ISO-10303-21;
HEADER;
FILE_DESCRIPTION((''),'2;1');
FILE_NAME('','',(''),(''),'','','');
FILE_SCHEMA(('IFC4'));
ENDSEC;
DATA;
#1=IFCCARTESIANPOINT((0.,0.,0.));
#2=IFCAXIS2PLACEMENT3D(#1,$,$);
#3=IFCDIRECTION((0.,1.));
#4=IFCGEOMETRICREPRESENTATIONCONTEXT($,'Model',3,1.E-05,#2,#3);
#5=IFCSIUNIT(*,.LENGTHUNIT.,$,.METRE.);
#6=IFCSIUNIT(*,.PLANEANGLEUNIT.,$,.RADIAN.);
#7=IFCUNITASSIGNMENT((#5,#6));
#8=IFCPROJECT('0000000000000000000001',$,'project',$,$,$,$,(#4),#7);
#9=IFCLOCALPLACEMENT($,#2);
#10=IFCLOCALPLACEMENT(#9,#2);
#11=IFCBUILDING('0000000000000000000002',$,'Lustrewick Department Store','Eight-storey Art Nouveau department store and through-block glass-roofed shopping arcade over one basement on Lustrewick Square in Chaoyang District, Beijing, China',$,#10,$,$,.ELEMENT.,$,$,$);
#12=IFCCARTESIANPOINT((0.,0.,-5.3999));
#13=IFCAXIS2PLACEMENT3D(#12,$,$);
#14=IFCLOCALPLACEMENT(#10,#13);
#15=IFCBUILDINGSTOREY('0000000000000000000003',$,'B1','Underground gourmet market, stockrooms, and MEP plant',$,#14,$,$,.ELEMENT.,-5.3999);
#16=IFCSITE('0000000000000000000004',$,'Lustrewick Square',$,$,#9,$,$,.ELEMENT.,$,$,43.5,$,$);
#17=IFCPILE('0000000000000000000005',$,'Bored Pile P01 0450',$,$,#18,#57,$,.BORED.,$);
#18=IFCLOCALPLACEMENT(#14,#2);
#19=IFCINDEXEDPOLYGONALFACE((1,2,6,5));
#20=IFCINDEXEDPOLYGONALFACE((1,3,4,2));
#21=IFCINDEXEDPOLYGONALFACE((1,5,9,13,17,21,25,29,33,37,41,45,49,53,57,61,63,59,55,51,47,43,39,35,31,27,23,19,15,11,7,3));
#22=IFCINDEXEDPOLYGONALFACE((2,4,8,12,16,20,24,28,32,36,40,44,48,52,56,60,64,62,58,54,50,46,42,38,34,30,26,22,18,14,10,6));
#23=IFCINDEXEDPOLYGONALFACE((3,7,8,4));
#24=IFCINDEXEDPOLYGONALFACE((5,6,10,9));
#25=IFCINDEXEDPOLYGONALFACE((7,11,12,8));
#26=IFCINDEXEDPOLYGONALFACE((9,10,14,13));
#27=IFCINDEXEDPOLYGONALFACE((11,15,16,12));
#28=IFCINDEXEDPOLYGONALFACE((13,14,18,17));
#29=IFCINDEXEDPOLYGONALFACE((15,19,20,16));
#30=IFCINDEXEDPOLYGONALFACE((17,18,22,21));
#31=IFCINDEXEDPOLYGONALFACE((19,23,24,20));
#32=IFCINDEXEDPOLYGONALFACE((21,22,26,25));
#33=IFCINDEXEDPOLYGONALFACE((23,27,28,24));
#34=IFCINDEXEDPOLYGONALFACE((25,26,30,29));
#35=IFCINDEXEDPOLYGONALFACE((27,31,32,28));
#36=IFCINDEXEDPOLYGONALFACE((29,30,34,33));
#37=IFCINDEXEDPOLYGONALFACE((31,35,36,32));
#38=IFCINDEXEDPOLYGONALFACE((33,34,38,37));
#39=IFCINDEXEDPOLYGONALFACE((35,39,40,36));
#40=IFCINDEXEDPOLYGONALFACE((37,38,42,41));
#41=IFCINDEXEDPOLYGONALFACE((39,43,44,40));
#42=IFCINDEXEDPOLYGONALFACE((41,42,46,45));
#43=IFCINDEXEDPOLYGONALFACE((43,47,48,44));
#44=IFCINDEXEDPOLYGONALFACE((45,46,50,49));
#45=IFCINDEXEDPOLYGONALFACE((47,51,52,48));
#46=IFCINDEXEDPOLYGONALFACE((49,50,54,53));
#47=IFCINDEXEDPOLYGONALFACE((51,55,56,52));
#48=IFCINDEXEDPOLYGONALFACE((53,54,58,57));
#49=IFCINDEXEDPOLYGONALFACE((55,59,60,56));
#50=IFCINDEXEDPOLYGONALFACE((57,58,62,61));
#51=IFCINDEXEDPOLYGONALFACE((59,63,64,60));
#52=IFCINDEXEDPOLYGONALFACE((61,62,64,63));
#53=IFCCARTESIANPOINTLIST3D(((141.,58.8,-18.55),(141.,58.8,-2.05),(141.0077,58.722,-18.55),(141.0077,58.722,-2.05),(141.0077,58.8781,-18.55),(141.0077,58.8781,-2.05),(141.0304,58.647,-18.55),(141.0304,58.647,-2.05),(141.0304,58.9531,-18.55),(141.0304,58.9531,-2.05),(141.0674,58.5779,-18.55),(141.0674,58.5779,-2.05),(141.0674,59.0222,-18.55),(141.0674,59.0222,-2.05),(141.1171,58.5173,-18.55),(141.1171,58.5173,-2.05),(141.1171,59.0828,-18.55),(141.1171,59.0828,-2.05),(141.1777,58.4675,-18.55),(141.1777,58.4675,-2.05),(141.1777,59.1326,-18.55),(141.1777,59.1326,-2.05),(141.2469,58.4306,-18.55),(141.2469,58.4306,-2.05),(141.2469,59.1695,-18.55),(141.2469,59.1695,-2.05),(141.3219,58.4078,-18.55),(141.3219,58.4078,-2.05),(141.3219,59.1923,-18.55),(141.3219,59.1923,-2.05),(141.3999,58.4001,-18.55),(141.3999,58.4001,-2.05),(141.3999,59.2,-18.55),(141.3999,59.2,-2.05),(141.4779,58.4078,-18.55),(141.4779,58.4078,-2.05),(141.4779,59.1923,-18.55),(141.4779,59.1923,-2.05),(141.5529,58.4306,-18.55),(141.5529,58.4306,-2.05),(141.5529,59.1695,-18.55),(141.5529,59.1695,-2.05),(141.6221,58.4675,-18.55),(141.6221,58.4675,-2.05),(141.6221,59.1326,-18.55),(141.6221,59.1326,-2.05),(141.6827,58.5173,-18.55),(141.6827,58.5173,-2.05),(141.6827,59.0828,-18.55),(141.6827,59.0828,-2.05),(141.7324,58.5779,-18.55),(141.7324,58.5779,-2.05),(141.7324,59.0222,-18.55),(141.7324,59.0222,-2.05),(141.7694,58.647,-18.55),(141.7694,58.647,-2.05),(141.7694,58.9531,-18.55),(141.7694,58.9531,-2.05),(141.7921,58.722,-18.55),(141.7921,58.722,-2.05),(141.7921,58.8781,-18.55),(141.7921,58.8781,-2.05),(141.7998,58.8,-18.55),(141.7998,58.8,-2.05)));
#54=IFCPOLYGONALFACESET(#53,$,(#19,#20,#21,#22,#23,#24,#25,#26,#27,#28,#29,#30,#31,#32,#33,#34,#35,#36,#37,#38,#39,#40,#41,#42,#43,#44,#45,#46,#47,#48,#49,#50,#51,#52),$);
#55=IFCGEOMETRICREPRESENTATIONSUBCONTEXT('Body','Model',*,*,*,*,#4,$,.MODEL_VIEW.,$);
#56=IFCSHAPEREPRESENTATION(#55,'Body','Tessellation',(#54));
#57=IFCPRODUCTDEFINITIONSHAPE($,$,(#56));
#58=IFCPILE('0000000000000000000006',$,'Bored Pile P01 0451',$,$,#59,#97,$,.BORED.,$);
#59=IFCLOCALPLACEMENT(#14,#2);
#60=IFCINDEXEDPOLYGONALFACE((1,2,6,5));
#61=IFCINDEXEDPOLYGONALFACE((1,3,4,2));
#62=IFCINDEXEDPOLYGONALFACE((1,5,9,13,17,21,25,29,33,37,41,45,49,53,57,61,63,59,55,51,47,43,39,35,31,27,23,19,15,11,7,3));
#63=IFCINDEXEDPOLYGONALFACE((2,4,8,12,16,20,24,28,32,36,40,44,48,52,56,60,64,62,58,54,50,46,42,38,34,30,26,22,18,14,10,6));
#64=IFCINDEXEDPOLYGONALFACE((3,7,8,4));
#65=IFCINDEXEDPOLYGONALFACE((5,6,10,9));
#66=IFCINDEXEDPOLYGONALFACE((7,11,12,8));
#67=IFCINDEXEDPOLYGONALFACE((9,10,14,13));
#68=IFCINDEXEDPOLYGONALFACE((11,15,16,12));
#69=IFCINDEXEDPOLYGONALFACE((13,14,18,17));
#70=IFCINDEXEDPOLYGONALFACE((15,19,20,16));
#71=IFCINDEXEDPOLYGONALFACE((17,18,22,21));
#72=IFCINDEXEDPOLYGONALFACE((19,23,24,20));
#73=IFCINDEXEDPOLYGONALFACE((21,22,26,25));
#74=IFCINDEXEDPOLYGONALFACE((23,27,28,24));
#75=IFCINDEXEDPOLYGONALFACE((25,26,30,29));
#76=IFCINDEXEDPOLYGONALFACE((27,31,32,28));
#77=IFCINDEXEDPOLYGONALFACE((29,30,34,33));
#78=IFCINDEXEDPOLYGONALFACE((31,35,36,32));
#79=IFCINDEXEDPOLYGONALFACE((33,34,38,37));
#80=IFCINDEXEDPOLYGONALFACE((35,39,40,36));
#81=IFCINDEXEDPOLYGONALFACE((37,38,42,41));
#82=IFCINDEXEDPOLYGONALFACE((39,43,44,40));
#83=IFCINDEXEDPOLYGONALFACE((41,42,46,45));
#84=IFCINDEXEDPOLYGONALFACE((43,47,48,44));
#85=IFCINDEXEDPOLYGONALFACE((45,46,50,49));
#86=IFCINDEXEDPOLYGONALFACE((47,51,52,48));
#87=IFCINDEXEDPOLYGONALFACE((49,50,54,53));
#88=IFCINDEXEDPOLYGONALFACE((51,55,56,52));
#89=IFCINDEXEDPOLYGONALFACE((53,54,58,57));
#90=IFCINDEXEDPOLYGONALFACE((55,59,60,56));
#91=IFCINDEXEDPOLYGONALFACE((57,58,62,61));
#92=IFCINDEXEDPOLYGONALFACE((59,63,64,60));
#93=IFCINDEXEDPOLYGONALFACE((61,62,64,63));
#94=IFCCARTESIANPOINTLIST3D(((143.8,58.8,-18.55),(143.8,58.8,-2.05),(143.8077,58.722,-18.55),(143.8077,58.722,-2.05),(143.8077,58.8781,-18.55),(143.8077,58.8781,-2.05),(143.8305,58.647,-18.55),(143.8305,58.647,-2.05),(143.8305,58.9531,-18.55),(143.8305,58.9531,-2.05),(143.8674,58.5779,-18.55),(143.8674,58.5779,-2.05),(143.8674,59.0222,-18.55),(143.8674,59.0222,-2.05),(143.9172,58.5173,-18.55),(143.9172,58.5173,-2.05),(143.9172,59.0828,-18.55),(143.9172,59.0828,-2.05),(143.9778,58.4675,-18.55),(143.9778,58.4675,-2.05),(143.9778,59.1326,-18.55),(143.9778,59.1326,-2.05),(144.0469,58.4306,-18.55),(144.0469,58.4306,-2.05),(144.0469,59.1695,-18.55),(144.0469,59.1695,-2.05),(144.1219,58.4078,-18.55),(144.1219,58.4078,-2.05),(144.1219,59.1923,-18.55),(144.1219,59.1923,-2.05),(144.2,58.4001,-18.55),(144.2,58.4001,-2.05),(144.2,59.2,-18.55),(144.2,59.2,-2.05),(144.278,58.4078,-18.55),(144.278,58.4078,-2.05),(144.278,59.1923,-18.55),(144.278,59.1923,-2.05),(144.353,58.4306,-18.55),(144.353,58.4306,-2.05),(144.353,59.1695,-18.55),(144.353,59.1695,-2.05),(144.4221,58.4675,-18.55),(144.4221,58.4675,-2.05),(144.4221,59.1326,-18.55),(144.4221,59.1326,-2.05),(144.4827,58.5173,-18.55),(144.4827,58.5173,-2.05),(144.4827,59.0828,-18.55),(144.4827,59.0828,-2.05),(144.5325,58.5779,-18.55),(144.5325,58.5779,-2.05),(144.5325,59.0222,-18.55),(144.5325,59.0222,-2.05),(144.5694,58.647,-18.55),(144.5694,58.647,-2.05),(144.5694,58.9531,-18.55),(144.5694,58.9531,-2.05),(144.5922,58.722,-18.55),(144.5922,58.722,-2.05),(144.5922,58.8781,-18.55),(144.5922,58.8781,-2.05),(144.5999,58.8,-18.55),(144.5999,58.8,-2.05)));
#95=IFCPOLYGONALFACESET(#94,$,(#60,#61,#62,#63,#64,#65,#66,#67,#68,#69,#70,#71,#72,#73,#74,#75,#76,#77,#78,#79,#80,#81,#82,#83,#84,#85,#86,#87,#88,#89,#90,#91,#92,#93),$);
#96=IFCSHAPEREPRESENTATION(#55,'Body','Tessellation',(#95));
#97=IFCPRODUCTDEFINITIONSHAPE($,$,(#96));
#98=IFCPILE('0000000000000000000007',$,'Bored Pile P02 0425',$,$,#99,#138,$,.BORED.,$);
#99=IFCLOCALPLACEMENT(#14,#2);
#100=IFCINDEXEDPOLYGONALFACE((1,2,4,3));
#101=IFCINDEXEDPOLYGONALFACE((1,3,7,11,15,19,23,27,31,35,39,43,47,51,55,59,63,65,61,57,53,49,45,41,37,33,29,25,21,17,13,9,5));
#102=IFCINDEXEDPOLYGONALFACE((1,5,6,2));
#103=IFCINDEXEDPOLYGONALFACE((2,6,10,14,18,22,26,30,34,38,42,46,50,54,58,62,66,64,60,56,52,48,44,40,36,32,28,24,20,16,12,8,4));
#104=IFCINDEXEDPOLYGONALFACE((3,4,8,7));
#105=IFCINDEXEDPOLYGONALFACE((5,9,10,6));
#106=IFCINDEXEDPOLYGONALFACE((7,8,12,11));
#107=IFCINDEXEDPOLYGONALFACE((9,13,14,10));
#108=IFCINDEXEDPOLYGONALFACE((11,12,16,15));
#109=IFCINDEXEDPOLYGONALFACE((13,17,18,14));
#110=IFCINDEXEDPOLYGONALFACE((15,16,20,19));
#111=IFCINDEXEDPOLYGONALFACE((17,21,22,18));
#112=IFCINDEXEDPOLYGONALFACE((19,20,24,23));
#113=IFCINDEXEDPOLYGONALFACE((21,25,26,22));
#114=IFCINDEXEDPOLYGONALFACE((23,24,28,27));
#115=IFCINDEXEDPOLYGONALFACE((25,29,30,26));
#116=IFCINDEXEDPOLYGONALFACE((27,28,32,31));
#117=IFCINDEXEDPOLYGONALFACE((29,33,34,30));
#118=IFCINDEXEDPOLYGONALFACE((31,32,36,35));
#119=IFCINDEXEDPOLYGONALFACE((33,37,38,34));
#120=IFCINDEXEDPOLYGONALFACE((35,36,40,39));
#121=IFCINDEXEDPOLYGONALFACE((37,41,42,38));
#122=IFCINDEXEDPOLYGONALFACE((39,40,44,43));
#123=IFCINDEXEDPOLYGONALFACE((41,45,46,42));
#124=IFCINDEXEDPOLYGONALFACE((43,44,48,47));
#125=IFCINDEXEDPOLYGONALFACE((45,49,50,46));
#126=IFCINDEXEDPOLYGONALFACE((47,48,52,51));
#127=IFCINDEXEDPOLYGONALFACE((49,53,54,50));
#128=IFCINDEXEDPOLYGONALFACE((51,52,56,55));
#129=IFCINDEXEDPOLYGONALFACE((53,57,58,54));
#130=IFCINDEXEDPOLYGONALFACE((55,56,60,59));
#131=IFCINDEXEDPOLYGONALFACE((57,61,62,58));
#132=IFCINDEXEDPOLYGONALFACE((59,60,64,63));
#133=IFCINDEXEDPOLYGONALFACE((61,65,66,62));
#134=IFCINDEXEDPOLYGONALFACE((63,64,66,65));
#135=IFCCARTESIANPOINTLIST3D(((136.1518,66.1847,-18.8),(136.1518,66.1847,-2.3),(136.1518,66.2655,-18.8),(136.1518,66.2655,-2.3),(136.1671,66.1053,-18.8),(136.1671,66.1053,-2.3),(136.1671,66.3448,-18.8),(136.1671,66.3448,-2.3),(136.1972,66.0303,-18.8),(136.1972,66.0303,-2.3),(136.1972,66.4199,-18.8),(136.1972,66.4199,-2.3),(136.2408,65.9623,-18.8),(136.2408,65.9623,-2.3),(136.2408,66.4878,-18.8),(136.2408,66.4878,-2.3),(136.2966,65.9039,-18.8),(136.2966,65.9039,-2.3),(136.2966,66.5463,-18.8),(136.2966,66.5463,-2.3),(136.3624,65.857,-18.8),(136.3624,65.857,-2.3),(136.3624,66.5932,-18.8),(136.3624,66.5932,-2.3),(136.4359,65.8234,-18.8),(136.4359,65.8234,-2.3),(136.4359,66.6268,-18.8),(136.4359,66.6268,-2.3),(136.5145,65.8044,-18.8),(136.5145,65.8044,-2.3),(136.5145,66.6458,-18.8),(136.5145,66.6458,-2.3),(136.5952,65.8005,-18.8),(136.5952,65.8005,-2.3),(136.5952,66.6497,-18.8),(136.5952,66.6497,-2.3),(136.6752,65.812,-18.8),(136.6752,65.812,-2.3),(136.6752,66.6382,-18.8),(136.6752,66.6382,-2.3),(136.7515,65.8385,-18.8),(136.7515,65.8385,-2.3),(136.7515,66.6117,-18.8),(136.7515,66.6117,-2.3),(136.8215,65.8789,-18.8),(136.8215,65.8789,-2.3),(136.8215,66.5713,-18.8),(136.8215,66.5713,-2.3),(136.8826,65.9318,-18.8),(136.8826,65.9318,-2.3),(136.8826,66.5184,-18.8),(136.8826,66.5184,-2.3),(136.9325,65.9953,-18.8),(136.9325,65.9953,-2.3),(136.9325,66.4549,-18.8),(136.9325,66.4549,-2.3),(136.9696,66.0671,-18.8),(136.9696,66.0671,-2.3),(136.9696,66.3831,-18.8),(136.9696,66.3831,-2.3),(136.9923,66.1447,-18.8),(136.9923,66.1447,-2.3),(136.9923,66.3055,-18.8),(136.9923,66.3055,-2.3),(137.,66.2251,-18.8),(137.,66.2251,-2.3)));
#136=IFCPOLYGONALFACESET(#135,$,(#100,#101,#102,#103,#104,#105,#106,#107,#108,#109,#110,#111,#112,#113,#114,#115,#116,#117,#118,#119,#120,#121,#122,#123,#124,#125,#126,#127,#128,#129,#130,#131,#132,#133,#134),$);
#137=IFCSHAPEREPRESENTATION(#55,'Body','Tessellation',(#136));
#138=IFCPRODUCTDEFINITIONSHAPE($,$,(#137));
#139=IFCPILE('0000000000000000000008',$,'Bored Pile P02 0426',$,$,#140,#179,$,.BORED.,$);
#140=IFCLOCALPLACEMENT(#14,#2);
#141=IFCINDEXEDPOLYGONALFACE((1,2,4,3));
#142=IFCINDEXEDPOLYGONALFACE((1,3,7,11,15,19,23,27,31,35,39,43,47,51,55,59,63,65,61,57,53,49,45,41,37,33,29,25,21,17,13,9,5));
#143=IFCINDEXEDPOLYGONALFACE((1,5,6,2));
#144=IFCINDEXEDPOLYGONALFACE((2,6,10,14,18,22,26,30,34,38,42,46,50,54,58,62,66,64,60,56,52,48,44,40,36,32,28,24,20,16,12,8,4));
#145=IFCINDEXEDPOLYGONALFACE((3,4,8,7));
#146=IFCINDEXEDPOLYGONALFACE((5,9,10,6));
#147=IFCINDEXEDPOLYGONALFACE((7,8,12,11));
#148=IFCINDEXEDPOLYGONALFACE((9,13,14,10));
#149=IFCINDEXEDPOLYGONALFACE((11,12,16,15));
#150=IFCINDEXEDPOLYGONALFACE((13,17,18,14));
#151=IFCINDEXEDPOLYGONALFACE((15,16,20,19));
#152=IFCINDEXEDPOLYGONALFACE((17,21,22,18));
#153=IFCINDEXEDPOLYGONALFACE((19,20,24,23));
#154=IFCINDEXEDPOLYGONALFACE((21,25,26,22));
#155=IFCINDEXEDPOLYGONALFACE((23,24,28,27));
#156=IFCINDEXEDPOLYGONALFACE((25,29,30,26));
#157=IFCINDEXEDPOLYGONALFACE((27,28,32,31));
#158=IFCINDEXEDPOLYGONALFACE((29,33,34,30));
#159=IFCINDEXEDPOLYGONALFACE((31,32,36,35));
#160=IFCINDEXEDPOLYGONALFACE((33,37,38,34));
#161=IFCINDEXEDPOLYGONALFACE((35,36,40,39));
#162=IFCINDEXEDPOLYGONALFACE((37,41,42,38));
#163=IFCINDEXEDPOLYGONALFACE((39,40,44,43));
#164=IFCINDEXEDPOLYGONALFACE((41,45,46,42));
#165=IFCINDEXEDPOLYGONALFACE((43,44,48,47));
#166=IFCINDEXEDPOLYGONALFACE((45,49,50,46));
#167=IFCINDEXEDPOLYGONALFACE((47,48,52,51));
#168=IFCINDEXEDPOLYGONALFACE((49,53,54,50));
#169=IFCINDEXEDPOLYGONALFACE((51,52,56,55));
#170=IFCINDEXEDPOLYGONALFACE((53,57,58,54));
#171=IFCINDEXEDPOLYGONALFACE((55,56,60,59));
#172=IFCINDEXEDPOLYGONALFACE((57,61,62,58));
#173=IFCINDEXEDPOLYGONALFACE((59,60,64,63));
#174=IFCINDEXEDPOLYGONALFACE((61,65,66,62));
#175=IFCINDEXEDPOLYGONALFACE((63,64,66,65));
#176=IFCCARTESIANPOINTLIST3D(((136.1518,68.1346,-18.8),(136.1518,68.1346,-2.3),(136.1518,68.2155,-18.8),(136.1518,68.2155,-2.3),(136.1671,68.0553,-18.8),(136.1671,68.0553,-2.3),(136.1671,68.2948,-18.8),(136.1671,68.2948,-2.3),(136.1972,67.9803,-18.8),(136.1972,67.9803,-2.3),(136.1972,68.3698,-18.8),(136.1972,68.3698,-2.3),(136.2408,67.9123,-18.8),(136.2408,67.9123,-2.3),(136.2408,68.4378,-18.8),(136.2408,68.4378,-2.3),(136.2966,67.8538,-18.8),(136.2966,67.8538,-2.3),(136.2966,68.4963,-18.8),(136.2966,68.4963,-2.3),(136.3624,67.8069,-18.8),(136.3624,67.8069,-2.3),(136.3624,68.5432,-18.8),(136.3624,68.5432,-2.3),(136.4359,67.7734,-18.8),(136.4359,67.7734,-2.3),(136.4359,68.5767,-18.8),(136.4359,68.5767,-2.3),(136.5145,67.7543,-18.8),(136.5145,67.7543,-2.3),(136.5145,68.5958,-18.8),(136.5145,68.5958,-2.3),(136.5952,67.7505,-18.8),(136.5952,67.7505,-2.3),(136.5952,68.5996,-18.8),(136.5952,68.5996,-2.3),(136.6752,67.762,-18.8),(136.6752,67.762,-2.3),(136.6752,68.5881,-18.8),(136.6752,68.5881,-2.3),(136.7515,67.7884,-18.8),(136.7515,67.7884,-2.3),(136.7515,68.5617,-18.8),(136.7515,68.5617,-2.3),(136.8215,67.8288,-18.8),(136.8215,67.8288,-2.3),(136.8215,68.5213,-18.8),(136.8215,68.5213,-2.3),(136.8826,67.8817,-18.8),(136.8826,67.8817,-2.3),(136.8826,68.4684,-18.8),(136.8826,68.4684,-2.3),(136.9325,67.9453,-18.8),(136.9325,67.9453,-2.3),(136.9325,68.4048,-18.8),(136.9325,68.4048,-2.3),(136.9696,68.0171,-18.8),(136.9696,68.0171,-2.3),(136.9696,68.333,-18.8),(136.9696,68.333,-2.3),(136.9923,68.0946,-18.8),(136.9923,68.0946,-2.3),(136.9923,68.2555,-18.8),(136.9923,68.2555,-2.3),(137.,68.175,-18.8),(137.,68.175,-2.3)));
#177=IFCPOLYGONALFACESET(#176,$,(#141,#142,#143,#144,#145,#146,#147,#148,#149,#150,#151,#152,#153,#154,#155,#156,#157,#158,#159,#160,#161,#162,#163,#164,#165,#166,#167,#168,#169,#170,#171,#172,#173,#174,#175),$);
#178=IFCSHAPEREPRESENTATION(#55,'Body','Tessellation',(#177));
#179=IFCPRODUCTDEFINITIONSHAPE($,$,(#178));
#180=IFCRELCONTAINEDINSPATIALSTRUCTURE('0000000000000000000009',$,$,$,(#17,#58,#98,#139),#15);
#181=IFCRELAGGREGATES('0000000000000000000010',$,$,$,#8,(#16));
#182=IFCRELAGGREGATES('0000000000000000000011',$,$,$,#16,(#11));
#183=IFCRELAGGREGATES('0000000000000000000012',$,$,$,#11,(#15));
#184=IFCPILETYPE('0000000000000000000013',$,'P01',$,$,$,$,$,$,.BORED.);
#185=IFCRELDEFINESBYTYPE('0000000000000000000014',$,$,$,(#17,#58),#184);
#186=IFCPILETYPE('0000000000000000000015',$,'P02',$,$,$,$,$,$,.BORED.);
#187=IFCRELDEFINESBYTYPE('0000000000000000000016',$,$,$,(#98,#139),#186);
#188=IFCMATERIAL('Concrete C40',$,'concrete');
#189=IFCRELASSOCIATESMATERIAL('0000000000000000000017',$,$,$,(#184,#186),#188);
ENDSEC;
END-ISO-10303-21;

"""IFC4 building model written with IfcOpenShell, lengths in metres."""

from ifc_helpers import new_model, si_unit, direction, frame, origin, origin_2d, place, context, subcontext, project, spatial, circle, extrude, material, material_profile, profile_set, type_object, element, save


model = new_model("IFC4")

# Units and contexts
model_context = context("Model", 3, precision=1e-05, world=origin(), true_north=direction((0.0, 1.0)))
body_context = subcontext(model_context, "Body", "Model", "MODEL_VIEW")
ifc_project = project(units=[si_unit("LENGTHUNIT", "METRE"), si_unit("PLANEANGLEUNIT", "RADIAN")], contexts=[model_context])

# Site, building, storey
site_placement = place(None, origin())
site = spatial("IfcSite", under=ifc_project, at=site_placement, Name="Lustrewick Square", CompositionType="ELEMENT", RefElevation=43.5)
building_placement = place(site_placement, origin())
building = spatial("IfcBuilding", under=site, at=building_placement, Name="Lustrewick Department Store", Description="Eight-storey Art Nouveau department store and through-block glass-roofed shopping arcade over one basement on Lustrewick Square in Chaoyang District, Beijing, China", CompositionType="ELEMENT")
storey_placement = place(building_placement, frame((0.0, 0.0, -5.3999)))
storey = spatial("IfcBuildingStorey", under=building, at=storey_placement, Name="B1", Description="Underground gourmet market, stockrooms, and MEP plant", CompositionType="ELEMENT", Elevation=-5.3999)

# Piles
ifc_material_1 = material(Name="Concrete C40", Category="concrete")
ifc_material_profile_1 = material_profile(ifc_material_1, circle(Radius=0.3999, at=origin_2d()), Name="PILE D800")
ifc_profile_set_1 = profile_set([ifc_material_profile_1], Name="Concrete C40")
pile_type_1 = type_object("IfcPileType", Name="P01", PredefinedType="BORED", material=ifc_profile_set_1)
for number, where, z_axis, x_axis, name in (
    (1, (141.3999, 58.8, -2.05), (0.0, 0.0, -1.0), (1.0, 0.0, 0.0), "Bored Pile P01 0450"),
    (2, (144.2, 58.8, -2.05), (0.0, 0.0, -1.0), (1.0, 0.0, 0.0), "Bored Pile P01 0451"),
):
    element("IfcPile", number, at=place(storey_placement, frame(where, z_axis=z_axis, x_axis=x_axis)), inside=storey, type_object=pile_type_1, Name=name, PredefinedType="BORED", context=body_context, shape_type="SweptSolid", body=[
        extrude(circle(Radius=0.3999, at=origin_2d()), origin(), (0.0, 0.0, 1.0), 16.5),
    ])
ifc_material_profile_2 = material_profile(ifc_material_1, circle(Radius=0.425, at=origin_2d()), Name="PILE D850")
ifc_profile_set_2 = profile_set([ifc_material_profile_2], Name="Concrete C40")
pile_type_2 = type_object("IfcPileType", Name="P02", PredefinedType="BORED", material=ifc_profile_set_2)
for number, where, z_axis, x_axis, name in (
    (3, (136.575, 66.2251, -2.3), (0.0, 0.0, -1.0), (1.0, 0.0, 0.0), "Bored Pile P02 0425"),
    (4, (136.575, 68.175, -2.3), (0.0, 0.0, -1.0), (1.0, 0.0, 0.0), "Bored Pile P02 0426"),
):
    element("IfcPile", number, at=place(storey_placement, frame(where, z_axis=z_axis, x_axis=x_axis)), inside=storey, type_object=pile_type_2, Name=name, PredefinedType="BORED", context=body_context, shape_type="SweptSolid", body=[
        extrude(circle(Radius=0.425, at=origin_2d()), origin(), (0.0, 0.0, 1.0), 16.5),
    ])

save(model, "model.ifc")
